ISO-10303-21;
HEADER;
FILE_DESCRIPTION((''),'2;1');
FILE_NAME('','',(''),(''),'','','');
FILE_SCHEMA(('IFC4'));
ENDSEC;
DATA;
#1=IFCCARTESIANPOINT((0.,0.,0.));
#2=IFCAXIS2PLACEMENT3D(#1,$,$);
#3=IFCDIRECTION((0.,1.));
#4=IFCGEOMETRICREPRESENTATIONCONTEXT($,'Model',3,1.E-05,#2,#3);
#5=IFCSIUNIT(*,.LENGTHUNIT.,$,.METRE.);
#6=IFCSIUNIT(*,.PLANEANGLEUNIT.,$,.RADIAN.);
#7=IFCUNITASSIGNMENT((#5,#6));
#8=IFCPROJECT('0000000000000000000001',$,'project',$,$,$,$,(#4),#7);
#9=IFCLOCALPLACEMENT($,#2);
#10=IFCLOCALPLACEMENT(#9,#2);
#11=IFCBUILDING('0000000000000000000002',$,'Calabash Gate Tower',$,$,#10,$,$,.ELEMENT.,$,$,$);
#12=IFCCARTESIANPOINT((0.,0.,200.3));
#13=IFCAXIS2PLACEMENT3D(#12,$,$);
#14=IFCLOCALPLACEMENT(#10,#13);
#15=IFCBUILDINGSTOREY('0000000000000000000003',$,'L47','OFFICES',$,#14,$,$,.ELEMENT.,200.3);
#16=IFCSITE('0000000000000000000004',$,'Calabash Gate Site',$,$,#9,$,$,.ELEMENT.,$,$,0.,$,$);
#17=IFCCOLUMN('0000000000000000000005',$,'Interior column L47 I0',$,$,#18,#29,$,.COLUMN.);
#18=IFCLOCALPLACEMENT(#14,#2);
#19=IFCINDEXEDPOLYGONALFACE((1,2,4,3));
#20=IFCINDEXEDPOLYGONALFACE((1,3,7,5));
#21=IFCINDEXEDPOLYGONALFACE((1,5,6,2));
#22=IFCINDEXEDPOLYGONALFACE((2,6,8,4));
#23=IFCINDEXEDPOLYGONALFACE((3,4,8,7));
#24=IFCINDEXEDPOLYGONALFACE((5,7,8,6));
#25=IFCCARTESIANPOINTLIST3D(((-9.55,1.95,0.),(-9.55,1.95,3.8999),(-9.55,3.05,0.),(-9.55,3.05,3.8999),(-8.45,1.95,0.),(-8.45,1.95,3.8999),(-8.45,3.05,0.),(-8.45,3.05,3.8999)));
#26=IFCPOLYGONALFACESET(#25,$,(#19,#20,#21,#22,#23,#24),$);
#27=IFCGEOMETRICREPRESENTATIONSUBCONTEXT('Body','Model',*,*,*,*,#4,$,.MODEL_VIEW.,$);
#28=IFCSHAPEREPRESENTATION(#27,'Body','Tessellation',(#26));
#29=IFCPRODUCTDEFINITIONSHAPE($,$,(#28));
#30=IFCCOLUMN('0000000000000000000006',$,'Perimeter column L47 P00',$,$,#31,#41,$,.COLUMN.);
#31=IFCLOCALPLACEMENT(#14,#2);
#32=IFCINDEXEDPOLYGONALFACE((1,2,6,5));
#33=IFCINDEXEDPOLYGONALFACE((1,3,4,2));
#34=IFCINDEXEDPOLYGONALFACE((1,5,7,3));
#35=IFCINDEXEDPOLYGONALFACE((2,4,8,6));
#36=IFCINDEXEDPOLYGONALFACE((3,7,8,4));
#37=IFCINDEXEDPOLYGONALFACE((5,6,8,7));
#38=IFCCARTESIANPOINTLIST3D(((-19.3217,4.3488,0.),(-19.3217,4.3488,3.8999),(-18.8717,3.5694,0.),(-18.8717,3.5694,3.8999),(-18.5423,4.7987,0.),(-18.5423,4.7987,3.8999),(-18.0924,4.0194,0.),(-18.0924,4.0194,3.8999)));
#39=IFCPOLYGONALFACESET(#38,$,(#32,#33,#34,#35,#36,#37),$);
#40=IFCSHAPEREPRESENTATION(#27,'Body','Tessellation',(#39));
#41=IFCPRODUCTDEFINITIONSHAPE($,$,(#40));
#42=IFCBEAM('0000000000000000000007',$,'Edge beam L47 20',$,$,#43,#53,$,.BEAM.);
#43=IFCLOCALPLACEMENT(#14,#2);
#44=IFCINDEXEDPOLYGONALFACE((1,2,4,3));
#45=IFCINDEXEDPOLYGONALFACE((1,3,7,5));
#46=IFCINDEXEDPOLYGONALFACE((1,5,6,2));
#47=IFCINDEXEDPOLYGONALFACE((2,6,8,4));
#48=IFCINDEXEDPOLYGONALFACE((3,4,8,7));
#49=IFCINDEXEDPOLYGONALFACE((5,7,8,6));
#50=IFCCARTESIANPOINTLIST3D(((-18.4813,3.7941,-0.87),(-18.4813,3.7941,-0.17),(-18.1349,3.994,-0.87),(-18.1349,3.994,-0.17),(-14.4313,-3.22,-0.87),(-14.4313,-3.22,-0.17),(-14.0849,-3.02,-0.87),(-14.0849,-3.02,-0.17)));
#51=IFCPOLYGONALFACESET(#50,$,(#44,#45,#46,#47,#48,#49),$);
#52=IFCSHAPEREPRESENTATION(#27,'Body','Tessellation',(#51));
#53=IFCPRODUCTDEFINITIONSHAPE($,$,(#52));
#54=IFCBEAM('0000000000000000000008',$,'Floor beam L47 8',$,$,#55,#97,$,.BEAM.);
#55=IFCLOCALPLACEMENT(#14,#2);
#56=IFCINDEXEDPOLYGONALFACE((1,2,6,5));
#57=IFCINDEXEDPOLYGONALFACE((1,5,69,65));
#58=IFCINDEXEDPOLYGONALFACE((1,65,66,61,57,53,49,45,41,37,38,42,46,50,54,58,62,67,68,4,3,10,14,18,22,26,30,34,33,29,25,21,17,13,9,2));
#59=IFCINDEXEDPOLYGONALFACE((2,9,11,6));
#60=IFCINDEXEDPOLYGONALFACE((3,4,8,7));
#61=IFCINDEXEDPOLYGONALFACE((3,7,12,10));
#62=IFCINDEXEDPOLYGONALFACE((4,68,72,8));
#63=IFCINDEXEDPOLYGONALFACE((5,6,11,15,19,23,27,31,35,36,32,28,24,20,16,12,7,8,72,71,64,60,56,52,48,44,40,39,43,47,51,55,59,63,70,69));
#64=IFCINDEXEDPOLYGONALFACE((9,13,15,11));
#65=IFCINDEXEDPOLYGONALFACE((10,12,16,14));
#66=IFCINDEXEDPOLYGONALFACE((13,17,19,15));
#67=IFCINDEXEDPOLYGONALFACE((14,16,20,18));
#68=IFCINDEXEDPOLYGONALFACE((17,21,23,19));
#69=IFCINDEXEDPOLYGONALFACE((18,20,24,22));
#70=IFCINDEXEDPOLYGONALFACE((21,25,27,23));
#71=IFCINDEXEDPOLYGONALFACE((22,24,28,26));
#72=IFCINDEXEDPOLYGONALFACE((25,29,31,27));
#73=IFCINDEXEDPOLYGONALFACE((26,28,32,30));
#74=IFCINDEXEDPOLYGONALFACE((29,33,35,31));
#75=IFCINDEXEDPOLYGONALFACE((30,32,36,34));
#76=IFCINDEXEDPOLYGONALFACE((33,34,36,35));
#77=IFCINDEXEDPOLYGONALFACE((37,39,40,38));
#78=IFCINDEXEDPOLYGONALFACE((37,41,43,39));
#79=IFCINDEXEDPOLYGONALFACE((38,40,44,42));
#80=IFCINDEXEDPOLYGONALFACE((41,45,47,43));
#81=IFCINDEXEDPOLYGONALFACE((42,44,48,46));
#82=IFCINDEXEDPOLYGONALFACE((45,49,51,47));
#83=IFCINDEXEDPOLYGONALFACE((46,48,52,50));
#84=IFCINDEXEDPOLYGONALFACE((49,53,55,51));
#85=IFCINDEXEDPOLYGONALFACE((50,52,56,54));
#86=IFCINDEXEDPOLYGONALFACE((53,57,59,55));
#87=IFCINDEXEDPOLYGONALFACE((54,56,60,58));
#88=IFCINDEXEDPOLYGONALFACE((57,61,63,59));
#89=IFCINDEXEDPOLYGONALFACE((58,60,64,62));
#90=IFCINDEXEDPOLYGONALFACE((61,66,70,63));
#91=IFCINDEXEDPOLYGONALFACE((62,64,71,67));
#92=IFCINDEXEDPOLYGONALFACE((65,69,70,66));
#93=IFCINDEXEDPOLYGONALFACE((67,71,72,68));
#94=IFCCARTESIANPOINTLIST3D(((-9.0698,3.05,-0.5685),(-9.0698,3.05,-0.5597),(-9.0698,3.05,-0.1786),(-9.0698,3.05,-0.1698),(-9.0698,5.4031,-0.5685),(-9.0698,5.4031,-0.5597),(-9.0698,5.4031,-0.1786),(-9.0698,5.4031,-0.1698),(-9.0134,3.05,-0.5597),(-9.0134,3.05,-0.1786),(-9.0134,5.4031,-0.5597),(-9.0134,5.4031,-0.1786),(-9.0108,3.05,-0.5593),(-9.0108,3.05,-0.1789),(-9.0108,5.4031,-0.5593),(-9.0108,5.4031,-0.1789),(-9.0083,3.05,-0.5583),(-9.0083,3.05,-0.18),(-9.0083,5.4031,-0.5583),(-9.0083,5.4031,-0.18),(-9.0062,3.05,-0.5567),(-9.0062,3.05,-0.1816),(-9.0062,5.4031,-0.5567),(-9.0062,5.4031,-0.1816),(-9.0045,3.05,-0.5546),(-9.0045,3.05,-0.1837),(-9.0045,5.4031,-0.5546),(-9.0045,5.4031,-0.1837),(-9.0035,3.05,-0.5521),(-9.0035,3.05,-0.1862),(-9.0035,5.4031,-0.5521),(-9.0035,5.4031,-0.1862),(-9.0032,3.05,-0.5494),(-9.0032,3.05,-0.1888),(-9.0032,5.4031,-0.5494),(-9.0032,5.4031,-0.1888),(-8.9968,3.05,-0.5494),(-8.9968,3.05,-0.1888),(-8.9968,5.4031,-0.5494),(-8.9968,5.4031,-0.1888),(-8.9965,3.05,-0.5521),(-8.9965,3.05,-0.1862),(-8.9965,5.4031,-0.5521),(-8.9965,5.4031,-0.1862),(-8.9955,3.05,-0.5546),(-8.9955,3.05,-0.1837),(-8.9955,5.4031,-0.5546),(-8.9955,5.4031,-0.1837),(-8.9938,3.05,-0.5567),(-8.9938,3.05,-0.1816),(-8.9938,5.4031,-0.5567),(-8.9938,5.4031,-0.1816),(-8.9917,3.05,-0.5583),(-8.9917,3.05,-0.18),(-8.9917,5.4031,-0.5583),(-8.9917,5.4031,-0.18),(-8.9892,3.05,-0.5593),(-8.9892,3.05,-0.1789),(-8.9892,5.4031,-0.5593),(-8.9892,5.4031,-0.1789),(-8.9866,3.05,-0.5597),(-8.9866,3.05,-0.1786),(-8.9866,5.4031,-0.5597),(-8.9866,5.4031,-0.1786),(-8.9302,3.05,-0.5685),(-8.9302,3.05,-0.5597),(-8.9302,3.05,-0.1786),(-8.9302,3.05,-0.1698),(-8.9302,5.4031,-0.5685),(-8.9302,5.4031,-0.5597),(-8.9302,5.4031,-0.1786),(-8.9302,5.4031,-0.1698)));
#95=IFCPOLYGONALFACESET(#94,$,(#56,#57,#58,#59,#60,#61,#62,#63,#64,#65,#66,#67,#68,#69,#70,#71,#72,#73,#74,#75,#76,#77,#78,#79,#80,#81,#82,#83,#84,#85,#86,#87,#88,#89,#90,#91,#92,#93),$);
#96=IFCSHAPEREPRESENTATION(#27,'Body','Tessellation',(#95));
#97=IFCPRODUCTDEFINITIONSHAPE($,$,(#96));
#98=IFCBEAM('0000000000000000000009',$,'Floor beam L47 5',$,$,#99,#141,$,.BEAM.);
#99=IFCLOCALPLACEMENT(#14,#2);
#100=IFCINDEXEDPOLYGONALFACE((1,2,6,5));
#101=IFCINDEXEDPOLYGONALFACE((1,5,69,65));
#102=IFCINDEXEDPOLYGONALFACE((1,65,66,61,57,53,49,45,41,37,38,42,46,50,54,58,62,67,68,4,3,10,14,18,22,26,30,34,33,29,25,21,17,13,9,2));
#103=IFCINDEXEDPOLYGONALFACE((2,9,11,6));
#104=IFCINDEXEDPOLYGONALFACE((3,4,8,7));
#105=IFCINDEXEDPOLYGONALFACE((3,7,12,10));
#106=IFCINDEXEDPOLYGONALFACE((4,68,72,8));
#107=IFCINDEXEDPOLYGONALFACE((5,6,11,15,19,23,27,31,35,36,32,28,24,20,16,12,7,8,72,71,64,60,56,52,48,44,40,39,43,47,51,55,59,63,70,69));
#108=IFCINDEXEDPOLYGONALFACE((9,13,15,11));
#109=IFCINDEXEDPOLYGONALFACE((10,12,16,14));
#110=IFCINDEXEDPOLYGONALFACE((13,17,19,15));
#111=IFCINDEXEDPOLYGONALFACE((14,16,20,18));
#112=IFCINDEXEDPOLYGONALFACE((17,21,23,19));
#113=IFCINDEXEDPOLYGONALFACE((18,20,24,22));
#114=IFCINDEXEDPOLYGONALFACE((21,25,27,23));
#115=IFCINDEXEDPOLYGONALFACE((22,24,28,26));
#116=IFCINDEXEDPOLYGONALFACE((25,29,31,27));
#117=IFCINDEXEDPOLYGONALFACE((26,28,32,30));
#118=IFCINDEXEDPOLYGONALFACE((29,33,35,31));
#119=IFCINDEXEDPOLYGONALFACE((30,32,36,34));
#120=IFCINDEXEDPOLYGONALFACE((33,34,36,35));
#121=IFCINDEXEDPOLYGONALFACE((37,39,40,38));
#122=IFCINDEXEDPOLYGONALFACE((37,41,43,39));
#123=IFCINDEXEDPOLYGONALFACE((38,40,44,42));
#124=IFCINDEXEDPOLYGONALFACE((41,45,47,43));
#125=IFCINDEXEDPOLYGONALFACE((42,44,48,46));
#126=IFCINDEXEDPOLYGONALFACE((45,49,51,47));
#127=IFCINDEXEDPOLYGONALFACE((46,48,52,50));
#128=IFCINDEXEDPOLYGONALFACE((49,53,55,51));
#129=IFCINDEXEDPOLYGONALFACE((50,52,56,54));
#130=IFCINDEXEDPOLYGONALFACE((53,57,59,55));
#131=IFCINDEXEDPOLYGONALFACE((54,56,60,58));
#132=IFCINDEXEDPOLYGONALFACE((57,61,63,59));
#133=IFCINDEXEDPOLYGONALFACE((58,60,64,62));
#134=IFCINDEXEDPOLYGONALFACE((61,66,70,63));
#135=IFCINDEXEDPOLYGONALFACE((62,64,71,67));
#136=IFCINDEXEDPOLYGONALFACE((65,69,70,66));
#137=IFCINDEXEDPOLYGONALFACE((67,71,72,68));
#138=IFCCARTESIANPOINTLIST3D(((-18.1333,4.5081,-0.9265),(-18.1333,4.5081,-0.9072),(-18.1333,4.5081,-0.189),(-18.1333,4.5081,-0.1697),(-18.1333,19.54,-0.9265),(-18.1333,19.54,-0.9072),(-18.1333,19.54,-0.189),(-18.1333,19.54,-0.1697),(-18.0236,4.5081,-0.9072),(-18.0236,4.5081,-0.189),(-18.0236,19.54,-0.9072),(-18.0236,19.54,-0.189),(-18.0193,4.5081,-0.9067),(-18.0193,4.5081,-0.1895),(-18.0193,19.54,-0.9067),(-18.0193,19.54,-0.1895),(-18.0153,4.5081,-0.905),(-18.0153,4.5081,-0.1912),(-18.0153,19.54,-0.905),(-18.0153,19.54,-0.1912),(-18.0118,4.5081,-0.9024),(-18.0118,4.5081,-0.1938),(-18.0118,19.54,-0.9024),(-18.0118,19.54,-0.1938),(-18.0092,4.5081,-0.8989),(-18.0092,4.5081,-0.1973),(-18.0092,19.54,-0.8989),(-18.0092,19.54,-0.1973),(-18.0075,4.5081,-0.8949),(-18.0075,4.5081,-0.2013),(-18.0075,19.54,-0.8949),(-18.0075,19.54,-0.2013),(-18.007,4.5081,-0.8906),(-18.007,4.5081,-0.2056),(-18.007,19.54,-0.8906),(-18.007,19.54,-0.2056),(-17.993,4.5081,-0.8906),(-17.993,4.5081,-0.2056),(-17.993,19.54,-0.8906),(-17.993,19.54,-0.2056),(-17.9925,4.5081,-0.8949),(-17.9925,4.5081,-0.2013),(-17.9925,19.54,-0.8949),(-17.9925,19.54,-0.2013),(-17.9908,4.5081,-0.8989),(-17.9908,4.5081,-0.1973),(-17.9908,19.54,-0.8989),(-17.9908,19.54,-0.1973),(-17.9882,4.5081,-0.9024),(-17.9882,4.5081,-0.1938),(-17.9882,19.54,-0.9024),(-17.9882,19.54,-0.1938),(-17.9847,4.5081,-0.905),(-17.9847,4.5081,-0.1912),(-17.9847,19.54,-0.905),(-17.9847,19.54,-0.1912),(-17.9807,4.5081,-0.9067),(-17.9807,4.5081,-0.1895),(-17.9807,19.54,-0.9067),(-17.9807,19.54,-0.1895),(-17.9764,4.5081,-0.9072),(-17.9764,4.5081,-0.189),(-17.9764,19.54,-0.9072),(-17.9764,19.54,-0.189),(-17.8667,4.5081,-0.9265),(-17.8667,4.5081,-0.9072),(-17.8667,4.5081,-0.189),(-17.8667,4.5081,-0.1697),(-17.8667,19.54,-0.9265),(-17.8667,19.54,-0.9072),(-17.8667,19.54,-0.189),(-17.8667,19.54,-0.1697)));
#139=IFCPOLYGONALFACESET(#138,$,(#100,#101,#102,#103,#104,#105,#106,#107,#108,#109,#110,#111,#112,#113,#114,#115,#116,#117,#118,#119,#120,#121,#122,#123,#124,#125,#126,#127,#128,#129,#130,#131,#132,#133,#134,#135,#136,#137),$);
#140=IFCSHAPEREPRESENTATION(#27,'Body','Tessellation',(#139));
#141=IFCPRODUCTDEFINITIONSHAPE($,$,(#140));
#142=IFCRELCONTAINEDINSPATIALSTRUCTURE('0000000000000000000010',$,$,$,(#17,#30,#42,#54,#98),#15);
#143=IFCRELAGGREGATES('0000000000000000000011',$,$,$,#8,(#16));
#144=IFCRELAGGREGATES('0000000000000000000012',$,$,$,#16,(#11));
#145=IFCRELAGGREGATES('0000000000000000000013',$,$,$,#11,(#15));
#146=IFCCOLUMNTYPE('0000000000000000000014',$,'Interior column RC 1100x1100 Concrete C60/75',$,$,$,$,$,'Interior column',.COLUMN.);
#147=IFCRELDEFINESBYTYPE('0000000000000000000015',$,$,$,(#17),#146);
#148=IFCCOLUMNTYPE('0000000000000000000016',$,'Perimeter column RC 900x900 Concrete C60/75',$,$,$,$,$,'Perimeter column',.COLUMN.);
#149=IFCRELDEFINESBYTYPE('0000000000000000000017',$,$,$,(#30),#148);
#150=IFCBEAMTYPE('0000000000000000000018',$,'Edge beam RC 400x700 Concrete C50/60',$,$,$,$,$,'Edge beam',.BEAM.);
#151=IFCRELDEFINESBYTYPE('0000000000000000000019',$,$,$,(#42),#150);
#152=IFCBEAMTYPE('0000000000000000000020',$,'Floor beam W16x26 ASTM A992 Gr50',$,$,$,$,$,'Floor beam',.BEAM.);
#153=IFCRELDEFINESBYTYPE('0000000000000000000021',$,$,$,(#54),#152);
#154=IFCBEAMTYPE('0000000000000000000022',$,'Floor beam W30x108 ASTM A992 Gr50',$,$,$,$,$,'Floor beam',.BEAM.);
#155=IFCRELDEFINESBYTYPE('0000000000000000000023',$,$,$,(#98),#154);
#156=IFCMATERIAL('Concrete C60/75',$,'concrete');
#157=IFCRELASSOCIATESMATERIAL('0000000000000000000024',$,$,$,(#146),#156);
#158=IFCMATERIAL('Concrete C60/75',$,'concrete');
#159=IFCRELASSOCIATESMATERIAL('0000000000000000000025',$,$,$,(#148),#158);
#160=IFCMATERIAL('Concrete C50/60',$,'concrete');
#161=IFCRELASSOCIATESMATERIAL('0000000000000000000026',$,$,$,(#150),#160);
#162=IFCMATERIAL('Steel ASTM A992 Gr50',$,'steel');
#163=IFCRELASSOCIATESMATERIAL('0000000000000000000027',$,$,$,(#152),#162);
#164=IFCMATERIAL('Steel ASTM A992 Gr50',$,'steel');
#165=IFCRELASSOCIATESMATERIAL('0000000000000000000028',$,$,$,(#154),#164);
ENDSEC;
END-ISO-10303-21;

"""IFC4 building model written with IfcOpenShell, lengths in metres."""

from ifc_helpers import new_model, si_unit, direction, frame, origin, origin_2d, place, context, subcontext, project, spatial, rectangle, i_section, extrude, material, material_profile, profile_set, type_object, element, save


model = new_model("IFC4")

# Units and contexts
model_context = context("Model", 3, precision=1e-05, world=origin(), true_north=direction((0.0, 1.0)))
body_context = subcontext(model_context, "Body", "Model", "MODEL_VIEW")
ifc_project = project(units=[si_unit("LENGTHUNIT", "METRE"), si_unit("PLANEANGLEUNIT", "RADIAN")], contexts=[model_context])

# Site, building, storey
site_placement = place(None, origin())
site = spatial("IfcSite", under=ifc_project, at=site_placement, Name="Calabash Gate Site", CompositionType="ELEMENT", RefElevation=0.0)
building_placement = place(site_placement, origin())
building = spatial("IfcBuilding", under=site, at=building_placement, Name="Calabash Gate Tower", CompositionType="ELEMENT")
storey_placement = place(building_placement, frame((0.0, 0.0, 200.3)))
storey = spatial("IfcBuildingStorey", under=building, at=storey_placement, Name="L47", Description="OFFICES", CompositionType="ELEMENT", Elevation=200.3)

# Columns
ifc_material_1 = material(Name="Concrete C60/75", Category="concrete")
ifc_material_profile_1 = material_profile(ifc_material_1, rectangle(XDim=1.1001, YDim=1.1001, at=origin_2d()))
ifc_profile_set_1 = profile_set([ifc_material_profile_1], Name="Concrete C60/75")
column_type_1 = type_object("IfcColumnType", Name="Interior column RC 1100x1100 Concrete C60/75", ElementType="Interior column", PredefinedType="COLUMN", material=ifc_profile_set_1)
column_1_placement = place(storey_placement, frame((-9.0, 2.5, 0.0), z_axis=(0.0, 0.0, 1.0), x_axis=(1.0, 0.0, 0.0)))
element("IfcColumn", 1, at=column_1_placement, inside=storey, type_object=column_type_1, Name="Interior column L47 I0", PredefinedType="COLUMN", context=body_context, shape_type="SweptSolid", body=[
    extrude(rectangle(XDim=1.1001, YDim=1.1001, at=origin_2d()), origin(), (0.0, 0.0, 1.0), 3.8999),
])
ifc_material_2 = material(Name="Concrete C60/75", Category="concrete")
ifc_material_profile_2 = material_profile(ifc_material_2, rectangle(XDim=0.8999, YDim=0.8999, at=origin_2d()))
ifc_profile_set_2 = profile_set([ifc_material_profile_2], Name="Concrete C60/75")
column_type_2 = type_object("IfcColumnType", Name="Perimeter column RC 900x900 Concrete C60/75", ElementType="Perimeter column", PredefinedType="COLUMN", material=ifc_profile_set_2)
column_2_placement = place(storey_placement, frame((-18.707, 4.1841, 0.0), z_axis=(0.0, 0.0, 1.0), x_axis=(0.5, -0.866025, 0.0)))
element("IfcColumn", 2, at=column_2_placement, inside=storey, type_object=column_type_2, Name="Perimeter column L47 P00", PredefinedType="COLUMN", context=body_context, shape_type="SweptSolid", body=[
    extrude(rectangle(XDim=0.8999, YDim=0.8999, at=origin_2d()), origin(), (0.0, 0.0, 1.0), 3.8999),
])

# Beams
ifc_material_3 = material(Name="Concrete C50/60", Category="concrete")
ifc_material_profile_3 = material_profile(ifc_material_3, rectangle(XDim=0.3999, YDim=0.7, at=origin_2d()))
ifc_profile_set_3 = profile_set([ifc_material_profile_3], Name="Concrete C50/60")
beam_type_1 = type_object("IfcBeamType", Name="Edge beam RC 400x700 Concrete C50/60", ElementType="Edge beam", PredefinedType="BEAM", material=ifc_profile_set_3)
beam_1_placement = place(storey_placement, frame((-18.3081, 3.894, -0.52), z_axis=(0.500039, -0.866003, 0.0), x_axis=(0.866003, 0.500039, 0.0)))
element("IfcBeam", 3, at=beam_1_placement, inside=storey, type_object=beam_type_1, Name="Edge beam L47 20", PredefinedType="BEAM", context=body_context, shape_type="SweptSolid", body=[
    extrude(rectangle(XDim=0.3999, YDim=0.7, at=origin_2d()), origin(), (0.0, 0.0, 1.0), 8.0994),
])
ifc_material_4 = material(Name="Steel ASTM A992 Gr50", Category="steel")
ifc_material_profile_4 = material_profile(ifc_material_4, i_section(OverallWidth=0.1396, OverallDepth=0.3987, WebThickness=0.0063, FlangeThickness=0.0088, FilletRadius=0.0103, at=origin_2d()))
ifc_profile_set_4 = profile_set([ifc_material_profile_4], Name="Steel ASTM A992 Gr50")
beam_type_2 = type_object("IfcBeamType", Name="Floor beam W16x26 ASTM A992 Gr50", ElementType="Floor beam", PredefinedType="BEAM", material=ifc_profile_set_4)
beam_2_placement = place(storey_placement, frame((-9.0, 3.05, -0.3691), z_axis=(0.0, 1.0, 0.0), x_axis=(-1.0, 0.0, 0.0)))
element("IfcBeam", 4, at=beam_2_placement, inside=storey, type_object=beam_type_2, Name="Floor beam L47 8", PredefinedType="BEAM", context=body_context, shape_type="SweptSolid", body=[
    extrude(i_section(OverallWidth=0.1396, OverallDepth=0.3987, WebThickness=0.0063, FlangeThickness=0.0088, FilletRadius=0.0103, at=origin_2d()), origin(), (0.0, 0.0, 1.0), 2.353),
])
ifc_material_5 = material(Name="Steel ASTM A992 Gr50", Category="steel")
ifc_material_profile_5 = material_profile(ifc_material_5, i_section(OverallWidth=0.2666, OverallDepth=0.7568, WebThickness=0.0139, FlangeThickness=0.0193, FilletRadius=0.0166, at=origin_2d()))
ifc_profile_set_5 = profile_set([ifc_material_profile_5], Name="Steel ASTM A992 Gr50")
beam_type_3 = type_object("IfcBeamType", Name="Floor beam W30x108 ASTM A992 Gr50", ElementType="Floor beam", PredefinedType="BEAM", material=ifc_profile_set_5)
beam_3_placement = place(storey_placement, frame((-18.0, 4.5081, -0.5481), z_axis=(0.0, 1.0, 0.0), x_axis=(-1.0, 0.0, 0.0)))
element("IfcBeam", 5, at=beam_3_placement, inside=storey, type_object=beam_type_3, Name="Floor beam L47 5", PredefinedType="BEAM", context=body_context, shape_type="SweptSolid", body=[
    extrude(i_section(OverallWidth=0.2666, OverallDepth=0.7568, WebThickness=0.0139, FlangeThickness=0.0193, FilletRadius=0.0166, at=origin_2d()), origin(), (0.0, 0.0, 1.0), 15.032),
])

save(model, "model.ifc")
